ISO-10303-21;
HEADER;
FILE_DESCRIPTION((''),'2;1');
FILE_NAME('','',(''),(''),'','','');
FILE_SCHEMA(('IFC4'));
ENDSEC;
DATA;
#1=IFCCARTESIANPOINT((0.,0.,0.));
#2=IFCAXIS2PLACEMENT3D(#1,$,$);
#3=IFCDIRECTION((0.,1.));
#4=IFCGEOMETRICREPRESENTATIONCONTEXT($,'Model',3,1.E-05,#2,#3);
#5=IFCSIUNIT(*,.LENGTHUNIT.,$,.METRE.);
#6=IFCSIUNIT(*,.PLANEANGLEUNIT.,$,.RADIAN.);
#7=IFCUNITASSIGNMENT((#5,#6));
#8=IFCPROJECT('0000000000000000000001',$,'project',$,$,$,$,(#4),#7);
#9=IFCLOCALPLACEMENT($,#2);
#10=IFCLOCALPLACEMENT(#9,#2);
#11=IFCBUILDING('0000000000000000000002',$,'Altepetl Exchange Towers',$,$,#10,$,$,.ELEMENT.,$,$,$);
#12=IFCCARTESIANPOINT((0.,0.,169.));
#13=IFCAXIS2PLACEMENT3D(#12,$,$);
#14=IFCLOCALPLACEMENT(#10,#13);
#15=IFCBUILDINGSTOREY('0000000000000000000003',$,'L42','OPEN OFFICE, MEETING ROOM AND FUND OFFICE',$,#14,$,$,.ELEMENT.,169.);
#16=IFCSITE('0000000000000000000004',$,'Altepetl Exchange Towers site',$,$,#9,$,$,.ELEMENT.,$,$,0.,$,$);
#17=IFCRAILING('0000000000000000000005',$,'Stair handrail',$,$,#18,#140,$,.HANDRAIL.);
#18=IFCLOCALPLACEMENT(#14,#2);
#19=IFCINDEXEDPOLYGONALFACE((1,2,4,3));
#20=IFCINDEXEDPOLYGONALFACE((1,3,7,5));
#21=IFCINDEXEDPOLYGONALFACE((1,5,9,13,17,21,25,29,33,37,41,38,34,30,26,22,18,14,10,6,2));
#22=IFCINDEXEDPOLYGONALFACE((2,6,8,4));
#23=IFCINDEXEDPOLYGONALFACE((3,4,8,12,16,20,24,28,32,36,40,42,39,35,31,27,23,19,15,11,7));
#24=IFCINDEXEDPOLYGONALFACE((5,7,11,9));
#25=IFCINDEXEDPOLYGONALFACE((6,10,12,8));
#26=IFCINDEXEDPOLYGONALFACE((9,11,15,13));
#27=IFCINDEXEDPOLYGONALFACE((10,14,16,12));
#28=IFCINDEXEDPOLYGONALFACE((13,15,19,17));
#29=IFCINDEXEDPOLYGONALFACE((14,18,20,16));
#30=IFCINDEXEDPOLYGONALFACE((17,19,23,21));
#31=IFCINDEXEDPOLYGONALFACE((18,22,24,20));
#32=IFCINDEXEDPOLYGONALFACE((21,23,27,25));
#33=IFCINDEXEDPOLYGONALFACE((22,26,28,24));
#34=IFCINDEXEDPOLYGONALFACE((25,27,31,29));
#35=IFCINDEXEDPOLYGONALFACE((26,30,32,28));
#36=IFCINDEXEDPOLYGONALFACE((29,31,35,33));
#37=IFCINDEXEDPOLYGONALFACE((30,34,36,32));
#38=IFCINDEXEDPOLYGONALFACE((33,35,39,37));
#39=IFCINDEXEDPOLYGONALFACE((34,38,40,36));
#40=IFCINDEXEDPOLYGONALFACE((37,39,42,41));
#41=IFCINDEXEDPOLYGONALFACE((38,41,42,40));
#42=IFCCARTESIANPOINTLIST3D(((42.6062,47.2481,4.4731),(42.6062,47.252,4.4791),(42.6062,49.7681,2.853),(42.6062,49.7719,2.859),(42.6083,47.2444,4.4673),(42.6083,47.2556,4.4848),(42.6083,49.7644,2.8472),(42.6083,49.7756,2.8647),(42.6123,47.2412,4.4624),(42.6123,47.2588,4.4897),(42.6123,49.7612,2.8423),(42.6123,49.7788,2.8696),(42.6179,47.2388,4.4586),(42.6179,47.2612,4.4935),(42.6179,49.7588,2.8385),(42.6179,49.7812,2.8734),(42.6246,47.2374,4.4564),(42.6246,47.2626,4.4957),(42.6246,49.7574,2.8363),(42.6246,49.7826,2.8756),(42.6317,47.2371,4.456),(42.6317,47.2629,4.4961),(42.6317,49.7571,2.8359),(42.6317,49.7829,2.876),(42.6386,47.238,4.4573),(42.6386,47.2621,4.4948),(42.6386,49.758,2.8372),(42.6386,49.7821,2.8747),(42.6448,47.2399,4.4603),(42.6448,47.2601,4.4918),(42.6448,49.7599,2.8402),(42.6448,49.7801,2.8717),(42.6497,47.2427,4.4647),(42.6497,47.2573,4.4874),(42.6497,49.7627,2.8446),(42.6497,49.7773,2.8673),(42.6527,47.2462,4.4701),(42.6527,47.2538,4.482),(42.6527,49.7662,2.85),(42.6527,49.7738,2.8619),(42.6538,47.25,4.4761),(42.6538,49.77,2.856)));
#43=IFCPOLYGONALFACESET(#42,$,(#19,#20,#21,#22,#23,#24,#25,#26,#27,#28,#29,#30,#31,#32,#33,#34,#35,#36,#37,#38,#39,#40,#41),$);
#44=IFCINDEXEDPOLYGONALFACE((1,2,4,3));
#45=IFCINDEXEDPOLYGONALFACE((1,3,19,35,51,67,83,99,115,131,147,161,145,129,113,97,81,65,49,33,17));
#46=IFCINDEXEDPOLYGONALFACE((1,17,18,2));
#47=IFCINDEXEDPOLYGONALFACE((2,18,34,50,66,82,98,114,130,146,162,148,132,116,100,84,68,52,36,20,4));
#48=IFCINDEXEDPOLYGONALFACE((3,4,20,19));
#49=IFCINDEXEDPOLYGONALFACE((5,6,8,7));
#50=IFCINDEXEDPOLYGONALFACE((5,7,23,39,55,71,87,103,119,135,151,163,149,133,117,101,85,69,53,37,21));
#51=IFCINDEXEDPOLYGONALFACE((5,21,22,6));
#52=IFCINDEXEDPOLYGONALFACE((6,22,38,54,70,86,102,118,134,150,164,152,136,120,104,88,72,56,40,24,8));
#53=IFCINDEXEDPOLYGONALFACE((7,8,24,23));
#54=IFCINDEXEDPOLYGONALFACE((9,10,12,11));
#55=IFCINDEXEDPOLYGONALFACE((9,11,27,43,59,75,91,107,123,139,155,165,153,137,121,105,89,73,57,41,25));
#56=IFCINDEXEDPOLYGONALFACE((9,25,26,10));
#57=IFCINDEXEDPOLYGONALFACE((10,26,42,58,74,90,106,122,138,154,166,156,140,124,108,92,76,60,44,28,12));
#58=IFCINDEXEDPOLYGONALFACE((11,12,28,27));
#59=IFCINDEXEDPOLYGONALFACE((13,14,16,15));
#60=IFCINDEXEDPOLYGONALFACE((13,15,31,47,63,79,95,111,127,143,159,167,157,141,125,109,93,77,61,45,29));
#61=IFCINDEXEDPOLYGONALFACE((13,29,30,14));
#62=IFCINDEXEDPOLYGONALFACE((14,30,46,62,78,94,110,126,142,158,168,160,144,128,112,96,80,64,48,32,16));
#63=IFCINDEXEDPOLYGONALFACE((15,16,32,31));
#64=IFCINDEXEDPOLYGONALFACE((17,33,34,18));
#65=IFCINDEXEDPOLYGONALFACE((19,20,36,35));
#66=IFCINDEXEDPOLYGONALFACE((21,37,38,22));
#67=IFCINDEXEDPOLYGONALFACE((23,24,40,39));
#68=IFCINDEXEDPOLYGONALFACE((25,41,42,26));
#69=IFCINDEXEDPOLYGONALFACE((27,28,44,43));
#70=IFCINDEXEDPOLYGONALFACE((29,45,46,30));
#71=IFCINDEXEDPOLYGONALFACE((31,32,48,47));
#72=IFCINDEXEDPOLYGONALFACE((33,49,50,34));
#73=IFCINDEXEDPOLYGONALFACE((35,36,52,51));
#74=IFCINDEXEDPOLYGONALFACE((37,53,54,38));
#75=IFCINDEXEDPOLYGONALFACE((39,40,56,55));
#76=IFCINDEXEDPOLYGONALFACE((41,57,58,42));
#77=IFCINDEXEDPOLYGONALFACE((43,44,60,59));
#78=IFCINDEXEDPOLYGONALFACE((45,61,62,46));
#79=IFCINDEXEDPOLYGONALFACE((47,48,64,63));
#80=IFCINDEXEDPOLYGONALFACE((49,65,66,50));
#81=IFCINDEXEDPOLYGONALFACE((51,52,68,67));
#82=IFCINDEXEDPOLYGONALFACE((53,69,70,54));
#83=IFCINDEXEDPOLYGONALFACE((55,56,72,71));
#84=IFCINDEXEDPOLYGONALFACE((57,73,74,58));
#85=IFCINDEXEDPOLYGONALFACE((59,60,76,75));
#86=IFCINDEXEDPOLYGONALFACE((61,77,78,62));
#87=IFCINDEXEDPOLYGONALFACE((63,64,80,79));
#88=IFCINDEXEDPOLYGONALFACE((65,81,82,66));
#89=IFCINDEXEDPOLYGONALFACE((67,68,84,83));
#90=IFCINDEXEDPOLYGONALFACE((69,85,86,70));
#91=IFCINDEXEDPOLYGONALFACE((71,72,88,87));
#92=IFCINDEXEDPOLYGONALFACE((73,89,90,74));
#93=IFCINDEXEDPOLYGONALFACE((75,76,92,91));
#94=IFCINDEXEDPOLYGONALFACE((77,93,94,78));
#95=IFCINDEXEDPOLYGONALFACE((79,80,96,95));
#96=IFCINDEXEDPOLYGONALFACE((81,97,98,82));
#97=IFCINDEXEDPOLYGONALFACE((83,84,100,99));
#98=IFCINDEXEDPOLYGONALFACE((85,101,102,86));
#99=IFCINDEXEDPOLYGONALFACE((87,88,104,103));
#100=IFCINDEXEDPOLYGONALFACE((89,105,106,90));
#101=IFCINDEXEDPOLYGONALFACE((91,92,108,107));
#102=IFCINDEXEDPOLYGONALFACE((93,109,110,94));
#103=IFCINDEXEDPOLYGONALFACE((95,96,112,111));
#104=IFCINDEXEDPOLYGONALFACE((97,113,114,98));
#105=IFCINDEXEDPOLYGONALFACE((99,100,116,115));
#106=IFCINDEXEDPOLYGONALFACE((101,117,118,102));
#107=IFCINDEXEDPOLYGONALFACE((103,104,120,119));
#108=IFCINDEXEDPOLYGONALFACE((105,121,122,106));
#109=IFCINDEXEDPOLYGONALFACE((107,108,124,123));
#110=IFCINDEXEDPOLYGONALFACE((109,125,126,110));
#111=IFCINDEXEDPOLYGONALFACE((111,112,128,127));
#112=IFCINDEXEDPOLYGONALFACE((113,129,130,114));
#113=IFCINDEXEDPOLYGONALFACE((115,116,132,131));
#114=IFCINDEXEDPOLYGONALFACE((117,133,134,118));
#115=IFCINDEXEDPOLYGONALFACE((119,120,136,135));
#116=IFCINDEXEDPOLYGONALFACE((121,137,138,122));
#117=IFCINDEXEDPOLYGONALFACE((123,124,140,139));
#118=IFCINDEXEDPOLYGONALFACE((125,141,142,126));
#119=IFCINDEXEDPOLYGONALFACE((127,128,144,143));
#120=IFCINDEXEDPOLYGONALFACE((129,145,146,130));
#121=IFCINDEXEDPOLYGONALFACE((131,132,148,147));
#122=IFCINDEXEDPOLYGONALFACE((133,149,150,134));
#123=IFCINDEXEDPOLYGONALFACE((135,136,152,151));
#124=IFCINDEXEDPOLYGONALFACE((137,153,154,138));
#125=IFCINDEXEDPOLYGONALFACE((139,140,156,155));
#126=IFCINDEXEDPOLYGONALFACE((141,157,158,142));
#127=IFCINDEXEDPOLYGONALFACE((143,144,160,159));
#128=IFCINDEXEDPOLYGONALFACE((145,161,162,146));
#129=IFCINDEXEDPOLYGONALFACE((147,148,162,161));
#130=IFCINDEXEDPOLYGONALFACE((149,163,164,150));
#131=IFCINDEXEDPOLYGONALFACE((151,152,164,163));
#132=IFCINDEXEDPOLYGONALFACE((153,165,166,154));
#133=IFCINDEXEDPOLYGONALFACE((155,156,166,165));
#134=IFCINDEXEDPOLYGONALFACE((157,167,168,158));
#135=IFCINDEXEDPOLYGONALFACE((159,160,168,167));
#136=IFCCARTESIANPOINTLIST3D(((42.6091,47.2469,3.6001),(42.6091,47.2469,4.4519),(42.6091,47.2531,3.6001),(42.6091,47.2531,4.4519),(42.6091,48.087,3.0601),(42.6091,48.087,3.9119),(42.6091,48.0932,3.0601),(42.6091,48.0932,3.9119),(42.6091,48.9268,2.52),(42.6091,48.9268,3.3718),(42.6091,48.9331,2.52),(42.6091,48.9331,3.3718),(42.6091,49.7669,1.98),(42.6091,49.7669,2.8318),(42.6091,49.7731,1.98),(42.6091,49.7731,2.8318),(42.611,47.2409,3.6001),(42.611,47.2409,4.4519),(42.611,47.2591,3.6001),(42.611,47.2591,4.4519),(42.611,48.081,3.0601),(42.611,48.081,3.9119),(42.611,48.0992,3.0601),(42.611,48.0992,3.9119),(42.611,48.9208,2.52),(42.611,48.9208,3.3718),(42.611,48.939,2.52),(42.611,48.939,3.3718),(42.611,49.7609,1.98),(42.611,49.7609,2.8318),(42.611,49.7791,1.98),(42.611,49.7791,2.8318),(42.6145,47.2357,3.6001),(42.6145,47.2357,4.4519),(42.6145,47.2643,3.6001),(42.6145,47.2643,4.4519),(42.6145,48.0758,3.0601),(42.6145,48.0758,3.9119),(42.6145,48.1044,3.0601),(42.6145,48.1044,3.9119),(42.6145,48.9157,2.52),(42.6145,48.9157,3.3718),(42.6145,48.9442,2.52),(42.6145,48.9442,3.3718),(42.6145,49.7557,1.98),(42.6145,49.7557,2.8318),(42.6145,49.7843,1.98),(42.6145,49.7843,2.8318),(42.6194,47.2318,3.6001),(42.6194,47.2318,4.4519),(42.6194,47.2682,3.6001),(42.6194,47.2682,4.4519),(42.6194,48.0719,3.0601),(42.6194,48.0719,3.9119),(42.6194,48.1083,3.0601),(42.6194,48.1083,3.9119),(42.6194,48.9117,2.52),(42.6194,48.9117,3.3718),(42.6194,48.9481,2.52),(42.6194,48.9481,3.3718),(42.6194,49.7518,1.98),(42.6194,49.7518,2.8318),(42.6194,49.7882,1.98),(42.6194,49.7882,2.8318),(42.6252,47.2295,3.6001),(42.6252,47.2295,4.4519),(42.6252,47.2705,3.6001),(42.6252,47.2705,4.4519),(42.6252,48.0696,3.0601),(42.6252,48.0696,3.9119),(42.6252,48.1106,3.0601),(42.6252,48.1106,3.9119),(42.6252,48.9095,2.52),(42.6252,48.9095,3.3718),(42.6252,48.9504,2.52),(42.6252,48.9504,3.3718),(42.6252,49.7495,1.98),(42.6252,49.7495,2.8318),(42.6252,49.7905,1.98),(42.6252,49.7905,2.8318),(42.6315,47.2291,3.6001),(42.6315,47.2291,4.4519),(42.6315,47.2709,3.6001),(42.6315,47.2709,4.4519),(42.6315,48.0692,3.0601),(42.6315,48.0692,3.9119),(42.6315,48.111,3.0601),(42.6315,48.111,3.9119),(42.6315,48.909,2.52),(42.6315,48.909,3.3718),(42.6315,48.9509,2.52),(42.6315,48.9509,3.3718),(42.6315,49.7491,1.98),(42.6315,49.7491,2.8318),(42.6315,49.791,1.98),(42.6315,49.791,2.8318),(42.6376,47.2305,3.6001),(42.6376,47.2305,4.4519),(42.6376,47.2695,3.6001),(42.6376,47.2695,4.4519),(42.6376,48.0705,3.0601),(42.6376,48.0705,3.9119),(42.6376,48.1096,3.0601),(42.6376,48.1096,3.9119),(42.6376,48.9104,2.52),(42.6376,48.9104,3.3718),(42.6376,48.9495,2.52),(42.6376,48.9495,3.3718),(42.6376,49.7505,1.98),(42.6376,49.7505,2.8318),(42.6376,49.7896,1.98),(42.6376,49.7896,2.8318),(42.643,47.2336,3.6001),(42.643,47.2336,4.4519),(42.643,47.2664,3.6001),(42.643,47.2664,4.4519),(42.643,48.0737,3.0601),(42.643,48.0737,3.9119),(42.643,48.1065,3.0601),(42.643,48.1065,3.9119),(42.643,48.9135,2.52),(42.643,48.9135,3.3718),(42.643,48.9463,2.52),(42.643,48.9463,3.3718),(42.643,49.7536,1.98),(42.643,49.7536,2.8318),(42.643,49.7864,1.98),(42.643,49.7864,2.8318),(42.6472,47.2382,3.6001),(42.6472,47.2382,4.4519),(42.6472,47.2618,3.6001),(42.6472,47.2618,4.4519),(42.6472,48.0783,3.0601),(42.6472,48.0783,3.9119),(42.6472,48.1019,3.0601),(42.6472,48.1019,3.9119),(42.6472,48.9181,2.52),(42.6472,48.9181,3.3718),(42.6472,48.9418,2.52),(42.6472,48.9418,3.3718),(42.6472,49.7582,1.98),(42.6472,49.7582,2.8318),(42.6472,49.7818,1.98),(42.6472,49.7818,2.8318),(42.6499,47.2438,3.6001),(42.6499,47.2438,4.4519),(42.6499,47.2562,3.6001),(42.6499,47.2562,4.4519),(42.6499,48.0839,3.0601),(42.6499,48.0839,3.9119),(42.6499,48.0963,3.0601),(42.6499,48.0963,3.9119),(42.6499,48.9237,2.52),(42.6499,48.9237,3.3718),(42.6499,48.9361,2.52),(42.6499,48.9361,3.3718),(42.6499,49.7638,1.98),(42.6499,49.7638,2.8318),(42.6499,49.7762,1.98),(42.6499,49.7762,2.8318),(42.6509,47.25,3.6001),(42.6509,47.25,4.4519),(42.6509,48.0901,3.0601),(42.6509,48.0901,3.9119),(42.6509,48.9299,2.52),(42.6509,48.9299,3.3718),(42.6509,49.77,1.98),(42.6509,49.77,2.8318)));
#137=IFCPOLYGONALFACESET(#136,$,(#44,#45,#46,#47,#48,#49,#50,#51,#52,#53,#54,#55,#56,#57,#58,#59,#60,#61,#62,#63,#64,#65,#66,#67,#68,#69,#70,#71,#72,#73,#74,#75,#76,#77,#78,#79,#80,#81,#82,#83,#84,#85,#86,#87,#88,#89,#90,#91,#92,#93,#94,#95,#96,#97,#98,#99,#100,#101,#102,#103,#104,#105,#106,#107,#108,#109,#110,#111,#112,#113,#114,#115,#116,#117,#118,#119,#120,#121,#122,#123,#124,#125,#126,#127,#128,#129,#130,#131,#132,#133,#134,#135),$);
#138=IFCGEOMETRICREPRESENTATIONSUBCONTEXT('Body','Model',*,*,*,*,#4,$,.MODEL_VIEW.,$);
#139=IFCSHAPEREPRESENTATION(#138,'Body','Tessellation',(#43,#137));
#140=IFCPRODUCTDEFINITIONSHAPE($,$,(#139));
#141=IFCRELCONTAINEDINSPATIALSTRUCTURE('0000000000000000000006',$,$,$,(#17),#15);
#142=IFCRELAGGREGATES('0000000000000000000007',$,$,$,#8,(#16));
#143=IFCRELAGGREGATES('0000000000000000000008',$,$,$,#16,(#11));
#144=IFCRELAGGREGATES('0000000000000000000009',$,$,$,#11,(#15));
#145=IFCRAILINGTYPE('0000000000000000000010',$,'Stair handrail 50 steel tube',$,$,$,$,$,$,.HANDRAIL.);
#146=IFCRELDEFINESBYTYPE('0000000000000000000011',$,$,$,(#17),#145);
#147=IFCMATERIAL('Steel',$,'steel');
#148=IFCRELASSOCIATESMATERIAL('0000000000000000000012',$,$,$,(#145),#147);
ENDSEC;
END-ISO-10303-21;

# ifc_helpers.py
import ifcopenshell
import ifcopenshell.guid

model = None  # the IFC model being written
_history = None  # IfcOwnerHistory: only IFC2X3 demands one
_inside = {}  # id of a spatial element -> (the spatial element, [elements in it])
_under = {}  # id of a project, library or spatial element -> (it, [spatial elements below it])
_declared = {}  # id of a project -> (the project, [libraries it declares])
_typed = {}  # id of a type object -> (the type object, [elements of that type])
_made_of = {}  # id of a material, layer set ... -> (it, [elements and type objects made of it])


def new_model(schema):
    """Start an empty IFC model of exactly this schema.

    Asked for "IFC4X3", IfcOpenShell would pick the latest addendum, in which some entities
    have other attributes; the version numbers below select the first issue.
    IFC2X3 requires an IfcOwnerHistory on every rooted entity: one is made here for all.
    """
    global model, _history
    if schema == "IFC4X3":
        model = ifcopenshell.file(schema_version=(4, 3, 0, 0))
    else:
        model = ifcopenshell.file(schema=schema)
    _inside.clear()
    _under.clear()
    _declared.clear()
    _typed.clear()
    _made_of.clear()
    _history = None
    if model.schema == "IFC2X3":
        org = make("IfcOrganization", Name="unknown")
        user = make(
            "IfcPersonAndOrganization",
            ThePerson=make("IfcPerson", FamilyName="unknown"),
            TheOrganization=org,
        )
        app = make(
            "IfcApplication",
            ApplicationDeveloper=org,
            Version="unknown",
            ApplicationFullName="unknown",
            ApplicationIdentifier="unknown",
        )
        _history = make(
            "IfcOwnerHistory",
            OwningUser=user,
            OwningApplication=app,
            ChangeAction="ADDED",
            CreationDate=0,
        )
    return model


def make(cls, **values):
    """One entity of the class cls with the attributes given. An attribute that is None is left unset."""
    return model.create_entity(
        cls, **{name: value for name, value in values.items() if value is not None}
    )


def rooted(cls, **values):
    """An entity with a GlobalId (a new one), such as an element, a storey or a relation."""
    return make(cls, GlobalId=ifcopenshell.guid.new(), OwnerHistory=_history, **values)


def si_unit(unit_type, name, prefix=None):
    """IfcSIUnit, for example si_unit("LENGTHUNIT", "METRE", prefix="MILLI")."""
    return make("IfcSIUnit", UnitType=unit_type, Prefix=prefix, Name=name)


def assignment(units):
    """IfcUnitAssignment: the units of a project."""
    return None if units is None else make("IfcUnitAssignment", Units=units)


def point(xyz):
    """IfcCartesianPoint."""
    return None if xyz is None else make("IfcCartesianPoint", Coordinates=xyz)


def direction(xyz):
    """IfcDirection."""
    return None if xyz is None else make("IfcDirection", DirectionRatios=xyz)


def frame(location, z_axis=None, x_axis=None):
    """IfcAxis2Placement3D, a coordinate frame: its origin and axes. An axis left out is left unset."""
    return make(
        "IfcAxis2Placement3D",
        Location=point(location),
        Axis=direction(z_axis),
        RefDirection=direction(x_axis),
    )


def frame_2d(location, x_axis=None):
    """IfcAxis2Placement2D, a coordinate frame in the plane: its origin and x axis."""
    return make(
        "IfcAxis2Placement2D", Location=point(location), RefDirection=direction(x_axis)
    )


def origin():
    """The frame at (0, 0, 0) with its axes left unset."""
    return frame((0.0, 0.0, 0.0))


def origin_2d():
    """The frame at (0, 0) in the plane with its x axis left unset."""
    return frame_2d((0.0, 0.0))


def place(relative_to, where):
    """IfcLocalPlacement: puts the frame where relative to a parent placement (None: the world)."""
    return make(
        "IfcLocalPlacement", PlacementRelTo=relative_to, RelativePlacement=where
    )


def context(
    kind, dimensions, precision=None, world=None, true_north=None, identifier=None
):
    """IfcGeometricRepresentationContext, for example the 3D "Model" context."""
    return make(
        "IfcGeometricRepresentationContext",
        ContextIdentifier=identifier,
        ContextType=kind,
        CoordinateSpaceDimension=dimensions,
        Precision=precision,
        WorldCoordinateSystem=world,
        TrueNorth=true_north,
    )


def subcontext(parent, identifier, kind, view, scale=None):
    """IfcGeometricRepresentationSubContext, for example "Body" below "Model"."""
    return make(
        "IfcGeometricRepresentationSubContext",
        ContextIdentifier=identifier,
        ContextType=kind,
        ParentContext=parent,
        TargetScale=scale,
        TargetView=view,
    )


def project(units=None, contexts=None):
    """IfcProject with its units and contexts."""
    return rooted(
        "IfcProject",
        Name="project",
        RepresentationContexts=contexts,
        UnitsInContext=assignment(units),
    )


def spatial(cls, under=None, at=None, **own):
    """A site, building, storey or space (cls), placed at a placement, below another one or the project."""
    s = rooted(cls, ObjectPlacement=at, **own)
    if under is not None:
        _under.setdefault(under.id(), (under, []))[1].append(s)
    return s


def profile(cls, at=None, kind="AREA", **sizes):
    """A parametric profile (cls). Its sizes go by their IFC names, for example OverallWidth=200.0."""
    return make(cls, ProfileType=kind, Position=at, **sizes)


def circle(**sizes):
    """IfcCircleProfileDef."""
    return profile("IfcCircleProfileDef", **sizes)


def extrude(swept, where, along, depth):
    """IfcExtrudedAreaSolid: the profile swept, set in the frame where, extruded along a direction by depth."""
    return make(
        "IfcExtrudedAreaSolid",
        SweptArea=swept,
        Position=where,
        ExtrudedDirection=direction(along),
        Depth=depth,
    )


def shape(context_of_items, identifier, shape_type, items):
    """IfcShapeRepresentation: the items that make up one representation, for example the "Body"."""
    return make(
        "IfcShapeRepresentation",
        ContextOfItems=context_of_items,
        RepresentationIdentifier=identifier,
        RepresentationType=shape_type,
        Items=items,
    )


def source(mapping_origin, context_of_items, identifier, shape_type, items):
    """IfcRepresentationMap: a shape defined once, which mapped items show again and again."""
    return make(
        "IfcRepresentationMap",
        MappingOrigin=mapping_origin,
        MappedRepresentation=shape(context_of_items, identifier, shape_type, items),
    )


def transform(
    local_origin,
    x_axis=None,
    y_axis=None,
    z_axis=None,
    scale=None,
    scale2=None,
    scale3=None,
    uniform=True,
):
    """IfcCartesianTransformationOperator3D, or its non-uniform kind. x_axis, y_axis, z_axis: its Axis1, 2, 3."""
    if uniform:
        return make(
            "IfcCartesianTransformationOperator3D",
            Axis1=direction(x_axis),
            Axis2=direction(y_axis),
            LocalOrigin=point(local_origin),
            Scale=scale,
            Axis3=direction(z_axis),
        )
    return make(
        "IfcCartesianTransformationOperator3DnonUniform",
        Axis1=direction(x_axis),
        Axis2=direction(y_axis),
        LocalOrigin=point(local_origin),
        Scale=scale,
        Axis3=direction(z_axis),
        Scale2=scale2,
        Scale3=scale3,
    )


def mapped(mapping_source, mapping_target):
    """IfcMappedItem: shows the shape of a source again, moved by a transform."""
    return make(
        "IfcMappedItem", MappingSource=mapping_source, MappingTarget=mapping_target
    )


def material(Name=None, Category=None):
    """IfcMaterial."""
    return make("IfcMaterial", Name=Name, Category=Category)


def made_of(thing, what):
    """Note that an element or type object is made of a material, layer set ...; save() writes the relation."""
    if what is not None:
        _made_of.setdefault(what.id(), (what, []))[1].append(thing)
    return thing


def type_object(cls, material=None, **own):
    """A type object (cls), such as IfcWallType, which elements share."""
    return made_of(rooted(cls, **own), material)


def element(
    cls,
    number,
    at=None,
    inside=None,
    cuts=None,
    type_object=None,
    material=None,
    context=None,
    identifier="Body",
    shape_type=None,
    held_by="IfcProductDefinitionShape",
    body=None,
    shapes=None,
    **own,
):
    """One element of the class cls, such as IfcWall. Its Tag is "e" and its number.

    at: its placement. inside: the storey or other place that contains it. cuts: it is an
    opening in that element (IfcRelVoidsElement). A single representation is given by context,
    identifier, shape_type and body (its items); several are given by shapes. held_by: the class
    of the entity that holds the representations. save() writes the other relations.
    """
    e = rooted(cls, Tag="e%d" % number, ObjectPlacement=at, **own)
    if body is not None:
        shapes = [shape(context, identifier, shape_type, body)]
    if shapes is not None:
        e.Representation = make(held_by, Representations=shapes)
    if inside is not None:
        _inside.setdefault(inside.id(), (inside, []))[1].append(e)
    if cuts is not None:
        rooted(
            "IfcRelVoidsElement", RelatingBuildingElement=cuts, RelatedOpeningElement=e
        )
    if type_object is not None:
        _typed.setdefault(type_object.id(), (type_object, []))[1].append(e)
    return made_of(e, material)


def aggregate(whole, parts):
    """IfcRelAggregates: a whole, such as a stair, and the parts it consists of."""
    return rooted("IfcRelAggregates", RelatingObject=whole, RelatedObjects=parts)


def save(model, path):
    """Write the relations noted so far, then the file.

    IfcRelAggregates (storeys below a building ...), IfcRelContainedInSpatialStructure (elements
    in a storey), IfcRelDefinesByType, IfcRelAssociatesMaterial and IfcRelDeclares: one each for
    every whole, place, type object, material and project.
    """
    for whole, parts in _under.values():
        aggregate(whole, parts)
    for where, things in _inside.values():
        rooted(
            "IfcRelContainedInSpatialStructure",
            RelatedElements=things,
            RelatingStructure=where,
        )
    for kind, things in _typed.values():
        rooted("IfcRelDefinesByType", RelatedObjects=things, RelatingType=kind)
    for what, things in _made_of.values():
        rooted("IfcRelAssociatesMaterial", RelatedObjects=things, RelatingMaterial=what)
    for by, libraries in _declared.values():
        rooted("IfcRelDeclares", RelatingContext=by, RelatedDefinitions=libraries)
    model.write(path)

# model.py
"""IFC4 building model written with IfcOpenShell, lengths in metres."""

from ifc_helpers import new_model, si_unit, direction, frame, origin, origin_2d, place, context, subcontext, project, spatial, circle, extrude, source, transform, mapped, material, type_object, element, save


model = new_model("IFC4")

# Units and contexts
model_context = context("Model", 3, precision=1e-05, world=origin(), true_north=direction((0.0, 1.0)))
body_context = subcontext(model_context, "Body", "Model", "MODEL_VIEW")
ifc_project = project(units=[si_unit("LENGTHUNIT", "METRE"), si_unit("PLANEANGLEUNIT", "RADIAN")], contexts=[model_context])

# Site, building, storey
site_placement = place(None, origin())
site = spatial("IfcSite", under=ifc_project, at=site_placement, Name="Altepetl Exchange Towers site", CompositionType="ELEMENT", RefElevation=0.0)
building_placement = place(site_placement, origin())
building = spatial("IfcBuilding", under=site, at=building_placement, Name="Altepetl Exchange Towers", CompositionType="ELEMENT")
storey_placement = place(building_placement, frame((0.0, 0.0, 169.0)))
storey = spatial("IfcBuildingStorey", under=building, at=storey_placement, Name="L42", Description="OPEN OFFICE, MEETING ROOM AND FUND OFFICE", CompositionType="ELEMENT", Elevation=169.0)

# Railing
ifc_material_1 = material(Name="Steel", Category="steel")
railing_type = type_object("IfcRailingType", Name="Stair handrail 50 steel tube", PredefinedType="HANDRAIL", material=ifc_material_1)
shared_shape = source(origin(), body_context, "Body", "SweptSolid", [
    extrude(circle(Radius=0.021, at=origin_2d()), origin(), (0.0, 0.0, 1.0), 0.8518),
])
railing_1_placement = place(storey_placement, frame((42.6299, 49.77, 1.98)))
element("IfcRailing", 1, at=railing_1_placement, inside=storey, type_object=railing_type, Name="Stair handrail", PredefinedType="HANDRAIL", context=body_context, shape_type="SweptSolid", body=[
    extrude(circle(Radius=0.0239, at=origin_2d()), frame((0.0, 0.0, 0.876), z_axis=(0.0, -0.841163, 0.540782), x_axis=(1.0, 0.0, 0.0)), (0.0, 0.0, 1.0), 2.9958),
    mapped(shared_shape, transform((0.0, 0.0, 0.0))),
    mapped(shared_shape, transform((0.0, -0.8401, 0.54))),
    mapped(shared_shape, transform((0.0, -1.6799, 1.0801))),
    mapped(shared_shape, transform((0.0, -2.52, 1.6201))),
])

save(model, "model.ifc")
